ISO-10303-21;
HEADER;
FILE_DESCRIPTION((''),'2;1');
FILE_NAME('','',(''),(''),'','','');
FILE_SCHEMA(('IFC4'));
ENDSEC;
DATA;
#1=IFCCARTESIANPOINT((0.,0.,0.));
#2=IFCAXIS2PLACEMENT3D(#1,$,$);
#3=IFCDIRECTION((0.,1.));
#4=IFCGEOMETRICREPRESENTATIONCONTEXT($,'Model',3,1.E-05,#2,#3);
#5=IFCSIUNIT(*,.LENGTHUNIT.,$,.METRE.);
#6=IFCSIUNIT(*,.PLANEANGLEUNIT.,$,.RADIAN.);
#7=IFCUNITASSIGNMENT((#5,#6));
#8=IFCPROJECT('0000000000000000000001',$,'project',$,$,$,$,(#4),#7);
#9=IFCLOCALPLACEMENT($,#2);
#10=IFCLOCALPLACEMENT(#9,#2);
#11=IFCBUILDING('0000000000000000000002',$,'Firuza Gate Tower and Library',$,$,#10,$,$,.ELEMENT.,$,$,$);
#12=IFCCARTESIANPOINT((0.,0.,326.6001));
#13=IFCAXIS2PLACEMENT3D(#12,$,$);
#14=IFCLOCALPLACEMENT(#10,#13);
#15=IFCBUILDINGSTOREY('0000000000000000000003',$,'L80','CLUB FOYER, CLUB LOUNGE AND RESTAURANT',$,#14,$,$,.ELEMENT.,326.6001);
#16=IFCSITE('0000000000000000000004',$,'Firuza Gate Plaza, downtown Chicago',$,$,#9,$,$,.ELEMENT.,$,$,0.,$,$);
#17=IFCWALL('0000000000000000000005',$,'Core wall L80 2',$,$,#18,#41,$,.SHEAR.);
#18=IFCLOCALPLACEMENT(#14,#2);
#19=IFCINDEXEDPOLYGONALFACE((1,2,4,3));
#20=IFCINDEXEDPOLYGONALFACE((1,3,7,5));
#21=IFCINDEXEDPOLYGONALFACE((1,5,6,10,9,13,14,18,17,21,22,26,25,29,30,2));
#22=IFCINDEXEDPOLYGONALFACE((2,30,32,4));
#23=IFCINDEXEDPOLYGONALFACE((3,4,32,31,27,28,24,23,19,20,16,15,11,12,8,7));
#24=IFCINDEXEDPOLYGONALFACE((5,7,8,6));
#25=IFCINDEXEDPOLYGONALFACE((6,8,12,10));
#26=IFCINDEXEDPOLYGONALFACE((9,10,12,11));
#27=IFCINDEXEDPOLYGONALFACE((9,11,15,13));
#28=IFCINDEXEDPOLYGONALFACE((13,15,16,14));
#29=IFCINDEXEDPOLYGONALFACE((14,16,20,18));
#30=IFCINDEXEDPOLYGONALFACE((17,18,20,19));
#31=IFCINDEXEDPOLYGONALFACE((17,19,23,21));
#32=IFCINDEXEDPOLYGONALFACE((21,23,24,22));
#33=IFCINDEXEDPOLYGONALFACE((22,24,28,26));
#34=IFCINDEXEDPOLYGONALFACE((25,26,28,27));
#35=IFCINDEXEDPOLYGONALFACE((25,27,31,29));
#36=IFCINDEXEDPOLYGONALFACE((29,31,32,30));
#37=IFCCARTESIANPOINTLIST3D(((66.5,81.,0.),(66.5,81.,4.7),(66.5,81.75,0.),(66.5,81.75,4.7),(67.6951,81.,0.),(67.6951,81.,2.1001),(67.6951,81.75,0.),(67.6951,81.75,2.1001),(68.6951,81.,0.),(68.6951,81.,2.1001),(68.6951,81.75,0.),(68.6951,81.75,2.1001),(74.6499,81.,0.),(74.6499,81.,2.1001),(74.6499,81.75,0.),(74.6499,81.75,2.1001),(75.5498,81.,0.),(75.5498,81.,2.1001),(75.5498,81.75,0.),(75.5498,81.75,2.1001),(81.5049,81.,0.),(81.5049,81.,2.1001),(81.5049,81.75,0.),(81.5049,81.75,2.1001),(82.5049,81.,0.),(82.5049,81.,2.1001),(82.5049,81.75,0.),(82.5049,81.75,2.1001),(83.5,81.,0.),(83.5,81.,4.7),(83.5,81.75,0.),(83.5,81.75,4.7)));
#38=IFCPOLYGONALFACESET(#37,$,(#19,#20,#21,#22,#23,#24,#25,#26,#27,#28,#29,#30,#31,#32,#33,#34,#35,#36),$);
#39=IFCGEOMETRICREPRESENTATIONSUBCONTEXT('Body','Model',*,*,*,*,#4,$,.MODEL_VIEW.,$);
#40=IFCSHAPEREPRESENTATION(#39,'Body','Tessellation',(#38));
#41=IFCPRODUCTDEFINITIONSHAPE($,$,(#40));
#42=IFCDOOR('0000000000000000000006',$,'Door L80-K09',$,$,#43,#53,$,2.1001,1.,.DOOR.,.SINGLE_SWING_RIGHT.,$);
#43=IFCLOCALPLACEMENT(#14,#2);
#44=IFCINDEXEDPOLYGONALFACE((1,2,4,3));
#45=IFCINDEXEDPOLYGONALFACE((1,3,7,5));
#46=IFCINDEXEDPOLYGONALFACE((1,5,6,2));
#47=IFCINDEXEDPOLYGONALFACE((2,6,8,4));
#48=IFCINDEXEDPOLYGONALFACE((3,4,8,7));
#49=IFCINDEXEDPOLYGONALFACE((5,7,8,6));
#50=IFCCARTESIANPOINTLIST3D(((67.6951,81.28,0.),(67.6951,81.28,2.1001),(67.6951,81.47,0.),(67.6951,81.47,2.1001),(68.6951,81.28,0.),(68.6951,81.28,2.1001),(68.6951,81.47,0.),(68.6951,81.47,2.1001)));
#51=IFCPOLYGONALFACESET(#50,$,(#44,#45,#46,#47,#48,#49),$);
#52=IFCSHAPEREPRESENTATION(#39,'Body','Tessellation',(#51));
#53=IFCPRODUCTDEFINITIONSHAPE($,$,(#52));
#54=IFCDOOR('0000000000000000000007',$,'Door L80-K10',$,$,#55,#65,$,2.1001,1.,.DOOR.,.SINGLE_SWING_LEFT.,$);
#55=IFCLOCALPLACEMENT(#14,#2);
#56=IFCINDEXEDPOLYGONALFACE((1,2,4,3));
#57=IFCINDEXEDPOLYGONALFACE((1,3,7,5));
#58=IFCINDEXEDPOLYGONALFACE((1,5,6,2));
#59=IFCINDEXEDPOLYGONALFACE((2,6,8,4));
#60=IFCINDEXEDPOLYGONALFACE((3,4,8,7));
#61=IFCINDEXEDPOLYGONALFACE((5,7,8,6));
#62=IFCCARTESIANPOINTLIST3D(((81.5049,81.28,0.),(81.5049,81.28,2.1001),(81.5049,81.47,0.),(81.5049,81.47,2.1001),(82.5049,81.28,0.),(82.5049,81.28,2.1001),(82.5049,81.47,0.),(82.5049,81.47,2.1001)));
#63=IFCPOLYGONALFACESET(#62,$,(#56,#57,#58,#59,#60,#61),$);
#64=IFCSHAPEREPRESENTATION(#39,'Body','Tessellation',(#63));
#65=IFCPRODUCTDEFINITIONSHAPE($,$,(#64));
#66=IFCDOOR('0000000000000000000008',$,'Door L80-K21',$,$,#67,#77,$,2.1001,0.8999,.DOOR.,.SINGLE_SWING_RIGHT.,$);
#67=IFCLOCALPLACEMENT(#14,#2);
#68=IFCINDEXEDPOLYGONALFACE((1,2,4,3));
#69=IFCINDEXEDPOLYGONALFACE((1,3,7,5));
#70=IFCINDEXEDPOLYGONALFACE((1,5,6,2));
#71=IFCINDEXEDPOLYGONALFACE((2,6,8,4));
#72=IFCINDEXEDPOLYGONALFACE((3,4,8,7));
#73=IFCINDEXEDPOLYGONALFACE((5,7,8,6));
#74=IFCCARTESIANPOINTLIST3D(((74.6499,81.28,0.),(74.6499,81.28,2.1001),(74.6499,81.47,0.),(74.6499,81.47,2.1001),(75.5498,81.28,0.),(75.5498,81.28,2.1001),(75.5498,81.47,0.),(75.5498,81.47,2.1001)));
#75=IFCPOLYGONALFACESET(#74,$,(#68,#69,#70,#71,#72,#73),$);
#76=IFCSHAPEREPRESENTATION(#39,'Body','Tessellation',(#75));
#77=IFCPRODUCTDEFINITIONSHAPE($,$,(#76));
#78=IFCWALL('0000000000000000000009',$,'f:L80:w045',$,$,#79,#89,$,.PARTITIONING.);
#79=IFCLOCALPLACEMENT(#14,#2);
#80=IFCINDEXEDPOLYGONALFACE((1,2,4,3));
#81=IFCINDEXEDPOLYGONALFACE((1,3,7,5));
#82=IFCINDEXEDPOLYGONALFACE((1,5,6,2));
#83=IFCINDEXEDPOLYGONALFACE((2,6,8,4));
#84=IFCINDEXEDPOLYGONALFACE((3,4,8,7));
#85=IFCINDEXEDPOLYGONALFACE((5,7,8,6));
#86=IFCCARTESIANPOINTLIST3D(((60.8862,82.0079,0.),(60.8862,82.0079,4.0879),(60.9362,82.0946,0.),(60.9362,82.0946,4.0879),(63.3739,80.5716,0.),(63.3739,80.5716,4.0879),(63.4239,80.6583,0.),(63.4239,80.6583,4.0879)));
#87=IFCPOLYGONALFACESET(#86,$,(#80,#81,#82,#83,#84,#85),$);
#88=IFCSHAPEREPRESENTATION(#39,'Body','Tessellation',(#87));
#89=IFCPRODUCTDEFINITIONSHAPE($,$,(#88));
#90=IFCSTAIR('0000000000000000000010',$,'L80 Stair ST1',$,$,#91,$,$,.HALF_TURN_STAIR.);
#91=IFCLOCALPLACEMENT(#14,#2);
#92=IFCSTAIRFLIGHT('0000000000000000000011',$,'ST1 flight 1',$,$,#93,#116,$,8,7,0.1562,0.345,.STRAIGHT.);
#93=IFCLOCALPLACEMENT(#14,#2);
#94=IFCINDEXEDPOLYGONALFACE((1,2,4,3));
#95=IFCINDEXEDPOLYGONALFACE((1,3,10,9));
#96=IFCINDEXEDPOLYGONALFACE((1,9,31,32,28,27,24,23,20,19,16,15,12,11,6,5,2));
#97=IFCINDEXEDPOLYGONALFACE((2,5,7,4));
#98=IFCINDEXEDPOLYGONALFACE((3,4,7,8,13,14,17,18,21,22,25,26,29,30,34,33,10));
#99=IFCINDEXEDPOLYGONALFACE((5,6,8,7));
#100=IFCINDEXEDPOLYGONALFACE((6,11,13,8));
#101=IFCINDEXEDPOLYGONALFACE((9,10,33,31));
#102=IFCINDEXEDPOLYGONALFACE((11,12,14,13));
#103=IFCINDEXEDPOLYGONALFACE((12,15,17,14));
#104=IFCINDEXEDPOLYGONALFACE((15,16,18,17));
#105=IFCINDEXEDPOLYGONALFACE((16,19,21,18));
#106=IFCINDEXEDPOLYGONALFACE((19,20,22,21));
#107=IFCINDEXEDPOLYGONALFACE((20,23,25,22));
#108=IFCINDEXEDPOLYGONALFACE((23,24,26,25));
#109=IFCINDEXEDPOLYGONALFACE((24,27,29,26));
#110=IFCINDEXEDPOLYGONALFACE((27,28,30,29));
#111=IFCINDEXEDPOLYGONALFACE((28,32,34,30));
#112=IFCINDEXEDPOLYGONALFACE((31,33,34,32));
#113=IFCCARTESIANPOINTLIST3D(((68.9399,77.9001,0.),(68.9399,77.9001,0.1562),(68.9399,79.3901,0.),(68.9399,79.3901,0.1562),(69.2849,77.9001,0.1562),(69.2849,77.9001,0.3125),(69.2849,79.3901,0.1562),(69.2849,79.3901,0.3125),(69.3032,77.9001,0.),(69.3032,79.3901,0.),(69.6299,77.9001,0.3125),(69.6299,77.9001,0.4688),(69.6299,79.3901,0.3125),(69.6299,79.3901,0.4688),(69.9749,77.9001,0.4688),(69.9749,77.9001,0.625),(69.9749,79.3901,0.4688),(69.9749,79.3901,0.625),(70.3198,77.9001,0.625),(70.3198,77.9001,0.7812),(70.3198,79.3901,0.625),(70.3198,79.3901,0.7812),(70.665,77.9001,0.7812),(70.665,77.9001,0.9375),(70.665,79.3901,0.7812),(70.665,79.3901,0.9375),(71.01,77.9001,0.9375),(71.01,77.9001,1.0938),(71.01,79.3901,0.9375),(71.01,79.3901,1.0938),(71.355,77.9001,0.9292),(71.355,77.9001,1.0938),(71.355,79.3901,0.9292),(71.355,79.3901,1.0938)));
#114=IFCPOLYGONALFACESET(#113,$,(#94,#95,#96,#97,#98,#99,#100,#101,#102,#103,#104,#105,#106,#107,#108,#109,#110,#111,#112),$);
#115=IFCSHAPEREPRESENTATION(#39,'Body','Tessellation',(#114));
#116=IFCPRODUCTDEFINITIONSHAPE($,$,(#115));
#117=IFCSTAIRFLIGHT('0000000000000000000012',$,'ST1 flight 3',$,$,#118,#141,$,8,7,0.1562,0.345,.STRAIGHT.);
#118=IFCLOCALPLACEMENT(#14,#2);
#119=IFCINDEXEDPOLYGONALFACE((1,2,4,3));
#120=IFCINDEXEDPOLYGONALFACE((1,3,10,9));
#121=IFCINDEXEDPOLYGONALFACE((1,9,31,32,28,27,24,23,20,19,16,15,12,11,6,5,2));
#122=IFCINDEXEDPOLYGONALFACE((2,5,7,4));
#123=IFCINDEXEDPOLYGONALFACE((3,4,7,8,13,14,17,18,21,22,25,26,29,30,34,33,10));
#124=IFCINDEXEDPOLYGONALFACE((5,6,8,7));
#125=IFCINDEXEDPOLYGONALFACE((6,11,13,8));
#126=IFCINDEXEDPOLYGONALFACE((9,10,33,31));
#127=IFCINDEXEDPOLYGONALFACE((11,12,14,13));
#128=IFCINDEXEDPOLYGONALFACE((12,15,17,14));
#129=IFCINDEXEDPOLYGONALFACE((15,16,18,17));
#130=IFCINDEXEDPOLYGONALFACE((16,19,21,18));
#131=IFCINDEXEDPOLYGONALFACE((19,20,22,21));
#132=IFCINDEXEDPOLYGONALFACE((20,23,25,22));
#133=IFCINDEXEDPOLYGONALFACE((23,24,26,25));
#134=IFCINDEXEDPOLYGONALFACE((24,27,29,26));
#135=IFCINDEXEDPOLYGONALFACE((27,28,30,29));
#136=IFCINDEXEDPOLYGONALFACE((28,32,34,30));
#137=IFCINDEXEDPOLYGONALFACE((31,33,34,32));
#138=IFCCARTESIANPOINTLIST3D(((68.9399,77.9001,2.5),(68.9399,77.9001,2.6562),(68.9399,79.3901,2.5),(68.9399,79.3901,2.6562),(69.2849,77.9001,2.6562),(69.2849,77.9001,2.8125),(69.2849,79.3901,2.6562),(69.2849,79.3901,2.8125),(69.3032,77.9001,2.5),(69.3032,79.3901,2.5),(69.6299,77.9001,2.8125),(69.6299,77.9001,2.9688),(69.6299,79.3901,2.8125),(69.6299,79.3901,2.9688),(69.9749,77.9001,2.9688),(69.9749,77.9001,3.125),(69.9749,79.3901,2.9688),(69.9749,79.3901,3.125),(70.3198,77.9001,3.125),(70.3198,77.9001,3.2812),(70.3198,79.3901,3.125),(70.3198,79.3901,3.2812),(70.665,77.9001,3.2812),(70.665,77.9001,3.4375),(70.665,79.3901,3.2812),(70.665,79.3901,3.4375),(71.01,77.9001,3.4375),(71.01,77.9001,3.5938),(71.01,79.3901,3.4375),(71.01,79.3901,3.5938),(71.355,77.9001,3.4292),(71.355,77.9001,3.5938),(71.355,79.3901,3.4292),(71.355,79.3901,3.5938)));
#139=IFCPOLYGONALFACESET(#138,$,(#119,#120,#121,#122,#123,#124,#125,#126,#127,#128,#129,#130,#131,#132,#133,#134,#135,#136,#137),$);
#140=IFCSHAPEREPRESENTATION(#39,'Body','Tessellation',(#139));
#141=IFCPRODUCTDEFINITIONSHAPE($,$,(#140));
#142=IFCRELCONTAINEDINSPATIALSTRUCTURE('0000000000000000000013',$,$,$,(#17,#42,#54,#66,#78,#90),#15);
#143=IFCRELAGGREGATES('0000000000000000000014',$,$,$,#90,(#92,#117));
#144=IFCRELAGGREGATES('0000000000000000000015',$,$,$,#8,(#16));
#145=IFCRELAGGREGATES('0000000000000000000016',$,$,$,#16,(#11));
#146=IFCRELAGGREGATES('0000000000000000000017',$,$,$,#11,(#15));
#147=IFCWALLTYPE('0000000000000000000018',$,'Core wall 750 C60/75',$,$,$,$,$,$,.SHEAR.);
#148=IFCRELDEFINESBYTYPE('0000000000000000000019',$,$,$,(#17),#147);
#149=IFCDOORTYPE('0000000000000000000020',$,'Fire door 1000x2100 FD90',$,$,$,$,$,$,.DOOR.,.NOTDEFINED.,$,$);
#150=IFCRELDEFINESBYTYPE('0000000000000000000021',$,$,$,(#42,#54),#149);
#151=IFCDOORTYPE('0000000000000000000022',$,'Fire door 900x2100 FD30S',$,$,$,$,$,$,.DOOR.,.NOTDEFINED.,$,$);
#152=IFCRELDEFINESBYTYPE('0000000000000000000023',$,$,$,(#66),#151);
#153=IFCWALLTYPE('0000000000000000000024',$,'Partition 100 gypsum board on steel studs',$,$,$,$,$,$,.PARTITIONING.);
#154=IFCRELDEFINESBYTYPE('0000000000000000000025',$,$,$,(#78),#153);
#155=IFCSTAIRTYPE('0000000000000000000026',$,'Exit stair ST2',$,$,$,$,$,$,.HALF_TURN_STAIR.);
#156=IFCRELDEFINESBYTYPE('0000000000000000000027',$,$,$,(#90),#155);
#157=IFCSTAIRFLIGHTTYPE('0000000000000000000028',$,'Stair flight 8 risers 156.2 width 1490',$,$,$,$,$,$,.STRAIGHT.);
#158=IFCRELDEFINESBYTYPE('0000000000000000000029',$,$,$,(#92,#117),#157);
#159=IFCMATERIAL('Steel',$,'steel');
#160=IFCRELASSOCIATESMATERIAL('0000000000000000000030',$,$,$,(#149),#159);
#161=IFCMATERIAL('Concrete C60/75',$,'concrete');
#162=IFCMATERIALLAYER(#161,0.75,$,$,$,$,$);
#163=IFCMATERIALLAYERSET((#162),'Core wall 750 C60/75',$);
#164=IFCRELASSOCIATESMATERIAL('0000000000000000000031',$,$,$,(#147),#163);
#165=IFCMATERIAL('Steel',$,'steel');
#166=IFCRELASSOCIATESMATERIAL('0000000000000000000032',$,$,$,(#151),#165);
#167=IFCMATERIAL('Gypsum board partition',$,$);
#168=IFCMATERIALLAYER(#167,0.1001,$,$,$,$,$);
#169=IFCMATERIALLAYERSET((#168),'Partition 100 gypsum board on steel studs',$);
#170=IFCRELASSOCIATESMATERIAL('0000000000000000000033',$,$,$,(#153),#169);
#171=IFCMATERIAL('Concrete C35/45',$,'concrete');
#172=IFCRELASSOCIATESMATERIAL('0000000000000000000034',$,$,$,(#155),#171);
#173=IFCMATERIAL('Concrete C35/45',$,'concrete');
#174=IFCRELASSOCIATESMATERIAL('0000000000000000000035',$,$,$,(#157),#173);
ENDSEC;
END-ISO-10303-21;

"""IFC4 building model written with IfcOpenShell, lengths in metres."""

from ifc_helpers import new_model, si_unit, direction, frame, frame_2d, origin, place, context, subcontext, project, spatial, polyline, rectangle, outline, extrude, material, layer, layer_set, type_object, element, fill, aggregate, save


model = new_model("IFC4")

# Units and contexts
model_context = context("Model", 3, precision=1e-05, world=origin(), true_north=direction((0.0, 1.0)))
body_context = subcontext(model_context, "Body", "Model", "MODEL_VIEW")
ifc_project = project(units=[si_unit("LENGTHUNIT", "METRE"), si_unit("PLANEANGLEUNIT", "RADIAN")], contexts=[model_context])

# Site, building, storey
site_placement = place(None, origin())
site = spatial("IfcSite", under=ifc_project, at=site_placement, Name="Firuza Gate Plaza, downtown Chicago", CompositionType="ELEMENT", RefElevation=0.0)
building_placement = place(site_placement, origin())
building = spatial("IfcBuilding", under=site, at=building_placement, Name="Firuza Gate Tower and Library", CompositionType="ELEMENT")
storey_placement = place(building_placement, frame((0.0, 0.0, 326.6001)))
storey = spatial("IfcBuildingStorey", under=building, at=storey_placement, Name="L80", Description="CLUB FOYER, CLUB LOUNGE AND RESTAURANT", CompositionType="ELEMENT", Elevation=326.6001)

# Shared definitions
ifc_material_1 = material(Name="Steel", Category="steel")
door_type_1 = type_object("IfcDoorType", Name="Fire door 1000x2100 FD90", OperationType="NOTDEFINED", PredefinedType="DOOR", material=ifc_material_1)

# Wall, openings, doors
ifc_material_2 = material(Name="Concrete C60/75", Category="concrete")
ifc_layer_1 = layer(ifc_material_2, 0.75)
ifc_layer_set_1 = layer_set([ifc_layer_1], Name="Core wall 750 C60/75")
wall_type_1 = type_object("IfcWallType", Name="Core wall 750 C60/75", PredefinedType="SHEAR", material=ifc_layer_set_1)
wall_1_placement = place(storey_placement, frame((66.5, 81.375, 0.0), z_axis=(0.0, 0.0, 1.0), x_axis=(1.0, 0.0, 0.0)))
wall_1 = element("IfcWall", 1, at=wall_1_placement, inside=storey, type_object=wall_type_1, Name="Core wall L80 2", PredefinedType="SHEAR", context=body_context, shape_type="SweptSolid", body=[
    extrude(rectangle(XDim=17.0, YDim=0.75, at=frame_2d((8.5, 0.0))), origin(), (0.0, 0.0, 1.0), 4.7),
])
opening_1_placement = place(wall_1_placement, frame((1.1951, 0.0, 0.0)))
opening_1 = element("IfcOpeningElement", 2, at=opening_1_placement, cuts=wall_1, PredefinedType="OPENING", context=body_context, shape_type="SweptSolid", body=[
    extrude(rectangle(XDim=1.0, YDim=2.1001, at=frame_2d((0.5, 1.05))), frame((0.0, 0.385, 0.0), z_axis=(0.0, -1.0, 0.0), x_axis=(1.0, 0.0, 0.0)), (0.0, 0.0, 1.0), 0.77),
])
opening_2_placement = place(wall_1_placement, frame((15.0049, 0.0, 0.0)))
opening_2 = element("IfcOpeningElement", 3, at=opening_2_placement, cuts=wall_1, PredefinedType="OPENING", context=body_context, shape_type="SweptSolid", body=[
    extrude(rectangle(XDim=1.0, YDim=2.1001, at=frame_2d((0.5, 1.05))), frame((0.0, 0.385, 0.0), z_axis=(0.0, -1.0, 0.0), x_axis=(1.0, 0.0, 0.0)), (0.0, 0.0, 1.0), 0.77),
])
opening_3_placement = place(wall_1_placement, frame((8.1499, 0.0, 0.0)))
opening_3 = element("IfcOpeningElement", 4, at=opening_3_placement, cuts=wall_1, PredefinedType="OPENING", context=body_context, shape_type="SweptSolid", body=[
    extrude(rectangle(XDim=0.8999, YDim=2.1001, at=frame_2d((0.45, 1.05))), frame((0.0, 0.385, 0.0), z_axis=(0.0, -1.0, 0.0), x_axis=(1.0, 0.0, 0.0)), (0.0, 0.0, 1.0), 0.77),
])
door_1_placement = place(opening_1_placement, origin())
door_1 = element("IfcDoor", 5, at=door_1_placement, inside=storey, type_object=door_type_1, Name="Door L80-K09", OperationType="SINGLE_SWING_RIGHT", OverallHeight=2.1001, OverallWidth=1.0, PredefinedType="DOOR", context=body_context, shape_type="SweptSolid", body=[
    extrude(rectangle(XDim=1.0, YDim=2.1001, at=frame_2d((0.5, 1.05))), frame((0.0, 0.095, 0.0), z_axis=(0.0, -1.0, 0.0), x_axis=(1.0, 0.0, 0.0)), (0.0, 0.0, 1.0), 0.1899),
])
fill(opening_1, door_1)
door_2_placement = place(opening_2_placement, origin())
door_2 = element("IfcDoor", 6, at=door_2_placement, inside=storey, type_object=door_type_1, Name="Door L80-K10", OperationType="SINGLE_SWING_LEFT", OverallHeight=2.1001, OverallWidth=1.0, PredefinedType="DOOR", context=body_context, shape_type="SweptSolid", body=[
    extrude(rectangle(XDim=1.0, YDim=2.1001, at=frame_2d((0.5, 1.05))), frame((0.0, 0.095, 0.0), z_axis=(0.0, -1.0, 0.0), x_axis=(1.0, 0.0, 0.0)), (0.0, 0.0, 1.0), 0.1899),
])
fill(opening_2, door_2)
ifc_material_3 = material(Name="Steel", Category="steel")
door_type_2 = type_object("IfcDoorType", Name="Fire door 900x2100 FD30S", OperationType="NOTDEFINED", PredefinedType="DOOR", material=ifc_material_3)
door_3_placement = place(opening_3_placement, origin())
door_3 = element("IfcDoor", 7, at=door_3_placement, inside=storey, type_object=door_type_2, Name="Door L80-K21", OperationType="SINGLE_SWING_RIGHT", OverallHeight=2.1001, OverallWidth=0.8999, PredefinedType="DOOR", context=body_context, shape_type="SweptSolid", body=[
    extrude(rectangle(XDim=0.8999, YDim=2.1001, at=frame_2d((0.45, 1.05))), frame((0.0, 0.095, 0.0), z_axis=(0.0, -1.0, 0.0), x_axis=(1.0, 0.0, 0.0)), (0.0, 0.0, 1.0), 0.1899),
])
fill(opening_3, door_3)

# Wall
ifc_material_4 = material(Name="Gypsum board partition")
ifc_layer_2 = layer(ifc_material_4, 0.1001)
ifc_layer_set_2 = layer_set([ifc_layer_2], Name="Partition 100 gypsum board on steel studs")
wall_type_2 = type_object("IfcWallType", Name="Partition 100 gypsum board on steel studs", PredefinedType="PARTITIONING", material=ifc_layer_set_2)
wall_2_placement = place(storey_placement, frame((63.3989, 80.615, 0.0), z_axis=(0.0, 0.0, 1.0), x_axis=(-0.866033, 0.499987, 0.0)))
element("IfcWall", 8, at=wall_2_placement, inside=storey, type_object=wall_type_2, Name="f:L80:w045", PredefinedType="PARTITIONING", context=body_context, shape_type="SweptSolid", body=[
    extrude(rectangle(XDim=2.8726, YDim=0.1001, at=frame_2d((1.4363, 0.0))), origin(), (0.0, 0.0, 1.0), 4.0879),
])

# Stair, stair flights
ifc_material_5 = material(Name="Concrete C35/45", Category="concrete")
stair_type = type_object("IfcStairType", Name="Exit stair ST2", PredefinedType="HALF_TURN_STAIR", material=ifc_material_5)
stair_placement = place(storey_placement, origin())
stair = element("IfcStair", 9, at=stair_placement, inside=storey, type_object=stair_type, Name="L80 Stair ST1", PredefinedType="HALF_TURN_STAIR")
ifc_material_6 = material(Name="Concrete C35/45", Category="concrete")
stair_flight_type = type_object("IfcStairFlightType", Name="Stair flight 8 risers 156.2 width 1490", PredefinedType="STRAIGHT", material=ifc_material_6)
stair_flight_1_placement = place(storey_placement, frame((68.9399, 78.645, 0.0), z_axis=(0.0, 0.0, 1.0), x_axis=(1.0, 0.0, 0.0)))
stair_flight_1 = element("IfcStairFlight", 10, at=stair_flight_1_placement, type_object=stair_flight_type, Name="ST1 flight 1", NumberOfRisers=8, NumberOfTreads=7, PredefinedType="STRAIGHT", RiserHeight=0.1562, TreadLength=0.345, context=body_context, shape_type="SweptSolid", body=[
    extrude(outline(polyline([(0.0, 0.0), (0.0, 0.1562), (0.345, 0.1562), (0.345, 0.3125), (0.6899, 0.3125), (0.6899, 0.4688), (1.0349, 0.4688), (1.0349, 0.625), (1.3799, 0.625), (1.3799, 0.7812), (1.7251, 0.7812), (1.7251, 0.9375), (2.0701, 0.9375), (2.0701, 1.0938), (2.415, 1.0938), (2.415, 1.25), (2.415, 0.9292), (0.3633, 0.0), (0.0, 0.0)])), frame((0.0, 0.7451, 0.0), z_axis=(0.0, -1.0, 0.0), x_axis=(1.0, 0.0, 0.0)), (0.0, 0.0, 1.0), 1.49),
])
stair_flight_2_placement = place(storey_placement, frame((68.9399, 78.645, 2.5), z_axis=(0.0, 0.0, 1.0), x_axis=(1.0, 0.0, 0.0)))
stair_flight_2 = element("IfcStairFlight", 11, at=stair_flight_2_placement, type_object=stair_flight_type, Name="ST1 flight 3", NumberOfRisers=8, NumberOfTreads=7, PredefinedType="STRAIGHT", RiserHeight=0.1562, TreadLength=0.345, context=body_context, shape_type="SweptSolid", body=[
    extrude(outline(polyline([(0.0, 0.0), (0.0, 0.1562), (0.345, 0.1562), (0.345, 0.3125), (0.6899, 0.3125), (0.6899, 0.4688), (1.0349, 0.4688), (1.0349, 0.625), (1.3799, 0.625), (1.3799, 0.7812), (1.7251, 0.7812), (1.7251, 0.9375), (2.0701, 0.9375), (2.0701, 1.0938), (2.415, 1.0938), (2.415, 1.25), (2.415, 0.9292), (0.3633, 0.0), (0.0, 0.0)])), frame((0.0, 0.7451, 0.0), z_axis=(0.0, -1.0, 0.0), x_axis=(1.0, 0.0, 0.0)), (0.0, 0.0, 1.0), 1.49),
])
aggregate(stair, [stair_flight_1, stair_flight_2])

save(model, "model.ifc")
